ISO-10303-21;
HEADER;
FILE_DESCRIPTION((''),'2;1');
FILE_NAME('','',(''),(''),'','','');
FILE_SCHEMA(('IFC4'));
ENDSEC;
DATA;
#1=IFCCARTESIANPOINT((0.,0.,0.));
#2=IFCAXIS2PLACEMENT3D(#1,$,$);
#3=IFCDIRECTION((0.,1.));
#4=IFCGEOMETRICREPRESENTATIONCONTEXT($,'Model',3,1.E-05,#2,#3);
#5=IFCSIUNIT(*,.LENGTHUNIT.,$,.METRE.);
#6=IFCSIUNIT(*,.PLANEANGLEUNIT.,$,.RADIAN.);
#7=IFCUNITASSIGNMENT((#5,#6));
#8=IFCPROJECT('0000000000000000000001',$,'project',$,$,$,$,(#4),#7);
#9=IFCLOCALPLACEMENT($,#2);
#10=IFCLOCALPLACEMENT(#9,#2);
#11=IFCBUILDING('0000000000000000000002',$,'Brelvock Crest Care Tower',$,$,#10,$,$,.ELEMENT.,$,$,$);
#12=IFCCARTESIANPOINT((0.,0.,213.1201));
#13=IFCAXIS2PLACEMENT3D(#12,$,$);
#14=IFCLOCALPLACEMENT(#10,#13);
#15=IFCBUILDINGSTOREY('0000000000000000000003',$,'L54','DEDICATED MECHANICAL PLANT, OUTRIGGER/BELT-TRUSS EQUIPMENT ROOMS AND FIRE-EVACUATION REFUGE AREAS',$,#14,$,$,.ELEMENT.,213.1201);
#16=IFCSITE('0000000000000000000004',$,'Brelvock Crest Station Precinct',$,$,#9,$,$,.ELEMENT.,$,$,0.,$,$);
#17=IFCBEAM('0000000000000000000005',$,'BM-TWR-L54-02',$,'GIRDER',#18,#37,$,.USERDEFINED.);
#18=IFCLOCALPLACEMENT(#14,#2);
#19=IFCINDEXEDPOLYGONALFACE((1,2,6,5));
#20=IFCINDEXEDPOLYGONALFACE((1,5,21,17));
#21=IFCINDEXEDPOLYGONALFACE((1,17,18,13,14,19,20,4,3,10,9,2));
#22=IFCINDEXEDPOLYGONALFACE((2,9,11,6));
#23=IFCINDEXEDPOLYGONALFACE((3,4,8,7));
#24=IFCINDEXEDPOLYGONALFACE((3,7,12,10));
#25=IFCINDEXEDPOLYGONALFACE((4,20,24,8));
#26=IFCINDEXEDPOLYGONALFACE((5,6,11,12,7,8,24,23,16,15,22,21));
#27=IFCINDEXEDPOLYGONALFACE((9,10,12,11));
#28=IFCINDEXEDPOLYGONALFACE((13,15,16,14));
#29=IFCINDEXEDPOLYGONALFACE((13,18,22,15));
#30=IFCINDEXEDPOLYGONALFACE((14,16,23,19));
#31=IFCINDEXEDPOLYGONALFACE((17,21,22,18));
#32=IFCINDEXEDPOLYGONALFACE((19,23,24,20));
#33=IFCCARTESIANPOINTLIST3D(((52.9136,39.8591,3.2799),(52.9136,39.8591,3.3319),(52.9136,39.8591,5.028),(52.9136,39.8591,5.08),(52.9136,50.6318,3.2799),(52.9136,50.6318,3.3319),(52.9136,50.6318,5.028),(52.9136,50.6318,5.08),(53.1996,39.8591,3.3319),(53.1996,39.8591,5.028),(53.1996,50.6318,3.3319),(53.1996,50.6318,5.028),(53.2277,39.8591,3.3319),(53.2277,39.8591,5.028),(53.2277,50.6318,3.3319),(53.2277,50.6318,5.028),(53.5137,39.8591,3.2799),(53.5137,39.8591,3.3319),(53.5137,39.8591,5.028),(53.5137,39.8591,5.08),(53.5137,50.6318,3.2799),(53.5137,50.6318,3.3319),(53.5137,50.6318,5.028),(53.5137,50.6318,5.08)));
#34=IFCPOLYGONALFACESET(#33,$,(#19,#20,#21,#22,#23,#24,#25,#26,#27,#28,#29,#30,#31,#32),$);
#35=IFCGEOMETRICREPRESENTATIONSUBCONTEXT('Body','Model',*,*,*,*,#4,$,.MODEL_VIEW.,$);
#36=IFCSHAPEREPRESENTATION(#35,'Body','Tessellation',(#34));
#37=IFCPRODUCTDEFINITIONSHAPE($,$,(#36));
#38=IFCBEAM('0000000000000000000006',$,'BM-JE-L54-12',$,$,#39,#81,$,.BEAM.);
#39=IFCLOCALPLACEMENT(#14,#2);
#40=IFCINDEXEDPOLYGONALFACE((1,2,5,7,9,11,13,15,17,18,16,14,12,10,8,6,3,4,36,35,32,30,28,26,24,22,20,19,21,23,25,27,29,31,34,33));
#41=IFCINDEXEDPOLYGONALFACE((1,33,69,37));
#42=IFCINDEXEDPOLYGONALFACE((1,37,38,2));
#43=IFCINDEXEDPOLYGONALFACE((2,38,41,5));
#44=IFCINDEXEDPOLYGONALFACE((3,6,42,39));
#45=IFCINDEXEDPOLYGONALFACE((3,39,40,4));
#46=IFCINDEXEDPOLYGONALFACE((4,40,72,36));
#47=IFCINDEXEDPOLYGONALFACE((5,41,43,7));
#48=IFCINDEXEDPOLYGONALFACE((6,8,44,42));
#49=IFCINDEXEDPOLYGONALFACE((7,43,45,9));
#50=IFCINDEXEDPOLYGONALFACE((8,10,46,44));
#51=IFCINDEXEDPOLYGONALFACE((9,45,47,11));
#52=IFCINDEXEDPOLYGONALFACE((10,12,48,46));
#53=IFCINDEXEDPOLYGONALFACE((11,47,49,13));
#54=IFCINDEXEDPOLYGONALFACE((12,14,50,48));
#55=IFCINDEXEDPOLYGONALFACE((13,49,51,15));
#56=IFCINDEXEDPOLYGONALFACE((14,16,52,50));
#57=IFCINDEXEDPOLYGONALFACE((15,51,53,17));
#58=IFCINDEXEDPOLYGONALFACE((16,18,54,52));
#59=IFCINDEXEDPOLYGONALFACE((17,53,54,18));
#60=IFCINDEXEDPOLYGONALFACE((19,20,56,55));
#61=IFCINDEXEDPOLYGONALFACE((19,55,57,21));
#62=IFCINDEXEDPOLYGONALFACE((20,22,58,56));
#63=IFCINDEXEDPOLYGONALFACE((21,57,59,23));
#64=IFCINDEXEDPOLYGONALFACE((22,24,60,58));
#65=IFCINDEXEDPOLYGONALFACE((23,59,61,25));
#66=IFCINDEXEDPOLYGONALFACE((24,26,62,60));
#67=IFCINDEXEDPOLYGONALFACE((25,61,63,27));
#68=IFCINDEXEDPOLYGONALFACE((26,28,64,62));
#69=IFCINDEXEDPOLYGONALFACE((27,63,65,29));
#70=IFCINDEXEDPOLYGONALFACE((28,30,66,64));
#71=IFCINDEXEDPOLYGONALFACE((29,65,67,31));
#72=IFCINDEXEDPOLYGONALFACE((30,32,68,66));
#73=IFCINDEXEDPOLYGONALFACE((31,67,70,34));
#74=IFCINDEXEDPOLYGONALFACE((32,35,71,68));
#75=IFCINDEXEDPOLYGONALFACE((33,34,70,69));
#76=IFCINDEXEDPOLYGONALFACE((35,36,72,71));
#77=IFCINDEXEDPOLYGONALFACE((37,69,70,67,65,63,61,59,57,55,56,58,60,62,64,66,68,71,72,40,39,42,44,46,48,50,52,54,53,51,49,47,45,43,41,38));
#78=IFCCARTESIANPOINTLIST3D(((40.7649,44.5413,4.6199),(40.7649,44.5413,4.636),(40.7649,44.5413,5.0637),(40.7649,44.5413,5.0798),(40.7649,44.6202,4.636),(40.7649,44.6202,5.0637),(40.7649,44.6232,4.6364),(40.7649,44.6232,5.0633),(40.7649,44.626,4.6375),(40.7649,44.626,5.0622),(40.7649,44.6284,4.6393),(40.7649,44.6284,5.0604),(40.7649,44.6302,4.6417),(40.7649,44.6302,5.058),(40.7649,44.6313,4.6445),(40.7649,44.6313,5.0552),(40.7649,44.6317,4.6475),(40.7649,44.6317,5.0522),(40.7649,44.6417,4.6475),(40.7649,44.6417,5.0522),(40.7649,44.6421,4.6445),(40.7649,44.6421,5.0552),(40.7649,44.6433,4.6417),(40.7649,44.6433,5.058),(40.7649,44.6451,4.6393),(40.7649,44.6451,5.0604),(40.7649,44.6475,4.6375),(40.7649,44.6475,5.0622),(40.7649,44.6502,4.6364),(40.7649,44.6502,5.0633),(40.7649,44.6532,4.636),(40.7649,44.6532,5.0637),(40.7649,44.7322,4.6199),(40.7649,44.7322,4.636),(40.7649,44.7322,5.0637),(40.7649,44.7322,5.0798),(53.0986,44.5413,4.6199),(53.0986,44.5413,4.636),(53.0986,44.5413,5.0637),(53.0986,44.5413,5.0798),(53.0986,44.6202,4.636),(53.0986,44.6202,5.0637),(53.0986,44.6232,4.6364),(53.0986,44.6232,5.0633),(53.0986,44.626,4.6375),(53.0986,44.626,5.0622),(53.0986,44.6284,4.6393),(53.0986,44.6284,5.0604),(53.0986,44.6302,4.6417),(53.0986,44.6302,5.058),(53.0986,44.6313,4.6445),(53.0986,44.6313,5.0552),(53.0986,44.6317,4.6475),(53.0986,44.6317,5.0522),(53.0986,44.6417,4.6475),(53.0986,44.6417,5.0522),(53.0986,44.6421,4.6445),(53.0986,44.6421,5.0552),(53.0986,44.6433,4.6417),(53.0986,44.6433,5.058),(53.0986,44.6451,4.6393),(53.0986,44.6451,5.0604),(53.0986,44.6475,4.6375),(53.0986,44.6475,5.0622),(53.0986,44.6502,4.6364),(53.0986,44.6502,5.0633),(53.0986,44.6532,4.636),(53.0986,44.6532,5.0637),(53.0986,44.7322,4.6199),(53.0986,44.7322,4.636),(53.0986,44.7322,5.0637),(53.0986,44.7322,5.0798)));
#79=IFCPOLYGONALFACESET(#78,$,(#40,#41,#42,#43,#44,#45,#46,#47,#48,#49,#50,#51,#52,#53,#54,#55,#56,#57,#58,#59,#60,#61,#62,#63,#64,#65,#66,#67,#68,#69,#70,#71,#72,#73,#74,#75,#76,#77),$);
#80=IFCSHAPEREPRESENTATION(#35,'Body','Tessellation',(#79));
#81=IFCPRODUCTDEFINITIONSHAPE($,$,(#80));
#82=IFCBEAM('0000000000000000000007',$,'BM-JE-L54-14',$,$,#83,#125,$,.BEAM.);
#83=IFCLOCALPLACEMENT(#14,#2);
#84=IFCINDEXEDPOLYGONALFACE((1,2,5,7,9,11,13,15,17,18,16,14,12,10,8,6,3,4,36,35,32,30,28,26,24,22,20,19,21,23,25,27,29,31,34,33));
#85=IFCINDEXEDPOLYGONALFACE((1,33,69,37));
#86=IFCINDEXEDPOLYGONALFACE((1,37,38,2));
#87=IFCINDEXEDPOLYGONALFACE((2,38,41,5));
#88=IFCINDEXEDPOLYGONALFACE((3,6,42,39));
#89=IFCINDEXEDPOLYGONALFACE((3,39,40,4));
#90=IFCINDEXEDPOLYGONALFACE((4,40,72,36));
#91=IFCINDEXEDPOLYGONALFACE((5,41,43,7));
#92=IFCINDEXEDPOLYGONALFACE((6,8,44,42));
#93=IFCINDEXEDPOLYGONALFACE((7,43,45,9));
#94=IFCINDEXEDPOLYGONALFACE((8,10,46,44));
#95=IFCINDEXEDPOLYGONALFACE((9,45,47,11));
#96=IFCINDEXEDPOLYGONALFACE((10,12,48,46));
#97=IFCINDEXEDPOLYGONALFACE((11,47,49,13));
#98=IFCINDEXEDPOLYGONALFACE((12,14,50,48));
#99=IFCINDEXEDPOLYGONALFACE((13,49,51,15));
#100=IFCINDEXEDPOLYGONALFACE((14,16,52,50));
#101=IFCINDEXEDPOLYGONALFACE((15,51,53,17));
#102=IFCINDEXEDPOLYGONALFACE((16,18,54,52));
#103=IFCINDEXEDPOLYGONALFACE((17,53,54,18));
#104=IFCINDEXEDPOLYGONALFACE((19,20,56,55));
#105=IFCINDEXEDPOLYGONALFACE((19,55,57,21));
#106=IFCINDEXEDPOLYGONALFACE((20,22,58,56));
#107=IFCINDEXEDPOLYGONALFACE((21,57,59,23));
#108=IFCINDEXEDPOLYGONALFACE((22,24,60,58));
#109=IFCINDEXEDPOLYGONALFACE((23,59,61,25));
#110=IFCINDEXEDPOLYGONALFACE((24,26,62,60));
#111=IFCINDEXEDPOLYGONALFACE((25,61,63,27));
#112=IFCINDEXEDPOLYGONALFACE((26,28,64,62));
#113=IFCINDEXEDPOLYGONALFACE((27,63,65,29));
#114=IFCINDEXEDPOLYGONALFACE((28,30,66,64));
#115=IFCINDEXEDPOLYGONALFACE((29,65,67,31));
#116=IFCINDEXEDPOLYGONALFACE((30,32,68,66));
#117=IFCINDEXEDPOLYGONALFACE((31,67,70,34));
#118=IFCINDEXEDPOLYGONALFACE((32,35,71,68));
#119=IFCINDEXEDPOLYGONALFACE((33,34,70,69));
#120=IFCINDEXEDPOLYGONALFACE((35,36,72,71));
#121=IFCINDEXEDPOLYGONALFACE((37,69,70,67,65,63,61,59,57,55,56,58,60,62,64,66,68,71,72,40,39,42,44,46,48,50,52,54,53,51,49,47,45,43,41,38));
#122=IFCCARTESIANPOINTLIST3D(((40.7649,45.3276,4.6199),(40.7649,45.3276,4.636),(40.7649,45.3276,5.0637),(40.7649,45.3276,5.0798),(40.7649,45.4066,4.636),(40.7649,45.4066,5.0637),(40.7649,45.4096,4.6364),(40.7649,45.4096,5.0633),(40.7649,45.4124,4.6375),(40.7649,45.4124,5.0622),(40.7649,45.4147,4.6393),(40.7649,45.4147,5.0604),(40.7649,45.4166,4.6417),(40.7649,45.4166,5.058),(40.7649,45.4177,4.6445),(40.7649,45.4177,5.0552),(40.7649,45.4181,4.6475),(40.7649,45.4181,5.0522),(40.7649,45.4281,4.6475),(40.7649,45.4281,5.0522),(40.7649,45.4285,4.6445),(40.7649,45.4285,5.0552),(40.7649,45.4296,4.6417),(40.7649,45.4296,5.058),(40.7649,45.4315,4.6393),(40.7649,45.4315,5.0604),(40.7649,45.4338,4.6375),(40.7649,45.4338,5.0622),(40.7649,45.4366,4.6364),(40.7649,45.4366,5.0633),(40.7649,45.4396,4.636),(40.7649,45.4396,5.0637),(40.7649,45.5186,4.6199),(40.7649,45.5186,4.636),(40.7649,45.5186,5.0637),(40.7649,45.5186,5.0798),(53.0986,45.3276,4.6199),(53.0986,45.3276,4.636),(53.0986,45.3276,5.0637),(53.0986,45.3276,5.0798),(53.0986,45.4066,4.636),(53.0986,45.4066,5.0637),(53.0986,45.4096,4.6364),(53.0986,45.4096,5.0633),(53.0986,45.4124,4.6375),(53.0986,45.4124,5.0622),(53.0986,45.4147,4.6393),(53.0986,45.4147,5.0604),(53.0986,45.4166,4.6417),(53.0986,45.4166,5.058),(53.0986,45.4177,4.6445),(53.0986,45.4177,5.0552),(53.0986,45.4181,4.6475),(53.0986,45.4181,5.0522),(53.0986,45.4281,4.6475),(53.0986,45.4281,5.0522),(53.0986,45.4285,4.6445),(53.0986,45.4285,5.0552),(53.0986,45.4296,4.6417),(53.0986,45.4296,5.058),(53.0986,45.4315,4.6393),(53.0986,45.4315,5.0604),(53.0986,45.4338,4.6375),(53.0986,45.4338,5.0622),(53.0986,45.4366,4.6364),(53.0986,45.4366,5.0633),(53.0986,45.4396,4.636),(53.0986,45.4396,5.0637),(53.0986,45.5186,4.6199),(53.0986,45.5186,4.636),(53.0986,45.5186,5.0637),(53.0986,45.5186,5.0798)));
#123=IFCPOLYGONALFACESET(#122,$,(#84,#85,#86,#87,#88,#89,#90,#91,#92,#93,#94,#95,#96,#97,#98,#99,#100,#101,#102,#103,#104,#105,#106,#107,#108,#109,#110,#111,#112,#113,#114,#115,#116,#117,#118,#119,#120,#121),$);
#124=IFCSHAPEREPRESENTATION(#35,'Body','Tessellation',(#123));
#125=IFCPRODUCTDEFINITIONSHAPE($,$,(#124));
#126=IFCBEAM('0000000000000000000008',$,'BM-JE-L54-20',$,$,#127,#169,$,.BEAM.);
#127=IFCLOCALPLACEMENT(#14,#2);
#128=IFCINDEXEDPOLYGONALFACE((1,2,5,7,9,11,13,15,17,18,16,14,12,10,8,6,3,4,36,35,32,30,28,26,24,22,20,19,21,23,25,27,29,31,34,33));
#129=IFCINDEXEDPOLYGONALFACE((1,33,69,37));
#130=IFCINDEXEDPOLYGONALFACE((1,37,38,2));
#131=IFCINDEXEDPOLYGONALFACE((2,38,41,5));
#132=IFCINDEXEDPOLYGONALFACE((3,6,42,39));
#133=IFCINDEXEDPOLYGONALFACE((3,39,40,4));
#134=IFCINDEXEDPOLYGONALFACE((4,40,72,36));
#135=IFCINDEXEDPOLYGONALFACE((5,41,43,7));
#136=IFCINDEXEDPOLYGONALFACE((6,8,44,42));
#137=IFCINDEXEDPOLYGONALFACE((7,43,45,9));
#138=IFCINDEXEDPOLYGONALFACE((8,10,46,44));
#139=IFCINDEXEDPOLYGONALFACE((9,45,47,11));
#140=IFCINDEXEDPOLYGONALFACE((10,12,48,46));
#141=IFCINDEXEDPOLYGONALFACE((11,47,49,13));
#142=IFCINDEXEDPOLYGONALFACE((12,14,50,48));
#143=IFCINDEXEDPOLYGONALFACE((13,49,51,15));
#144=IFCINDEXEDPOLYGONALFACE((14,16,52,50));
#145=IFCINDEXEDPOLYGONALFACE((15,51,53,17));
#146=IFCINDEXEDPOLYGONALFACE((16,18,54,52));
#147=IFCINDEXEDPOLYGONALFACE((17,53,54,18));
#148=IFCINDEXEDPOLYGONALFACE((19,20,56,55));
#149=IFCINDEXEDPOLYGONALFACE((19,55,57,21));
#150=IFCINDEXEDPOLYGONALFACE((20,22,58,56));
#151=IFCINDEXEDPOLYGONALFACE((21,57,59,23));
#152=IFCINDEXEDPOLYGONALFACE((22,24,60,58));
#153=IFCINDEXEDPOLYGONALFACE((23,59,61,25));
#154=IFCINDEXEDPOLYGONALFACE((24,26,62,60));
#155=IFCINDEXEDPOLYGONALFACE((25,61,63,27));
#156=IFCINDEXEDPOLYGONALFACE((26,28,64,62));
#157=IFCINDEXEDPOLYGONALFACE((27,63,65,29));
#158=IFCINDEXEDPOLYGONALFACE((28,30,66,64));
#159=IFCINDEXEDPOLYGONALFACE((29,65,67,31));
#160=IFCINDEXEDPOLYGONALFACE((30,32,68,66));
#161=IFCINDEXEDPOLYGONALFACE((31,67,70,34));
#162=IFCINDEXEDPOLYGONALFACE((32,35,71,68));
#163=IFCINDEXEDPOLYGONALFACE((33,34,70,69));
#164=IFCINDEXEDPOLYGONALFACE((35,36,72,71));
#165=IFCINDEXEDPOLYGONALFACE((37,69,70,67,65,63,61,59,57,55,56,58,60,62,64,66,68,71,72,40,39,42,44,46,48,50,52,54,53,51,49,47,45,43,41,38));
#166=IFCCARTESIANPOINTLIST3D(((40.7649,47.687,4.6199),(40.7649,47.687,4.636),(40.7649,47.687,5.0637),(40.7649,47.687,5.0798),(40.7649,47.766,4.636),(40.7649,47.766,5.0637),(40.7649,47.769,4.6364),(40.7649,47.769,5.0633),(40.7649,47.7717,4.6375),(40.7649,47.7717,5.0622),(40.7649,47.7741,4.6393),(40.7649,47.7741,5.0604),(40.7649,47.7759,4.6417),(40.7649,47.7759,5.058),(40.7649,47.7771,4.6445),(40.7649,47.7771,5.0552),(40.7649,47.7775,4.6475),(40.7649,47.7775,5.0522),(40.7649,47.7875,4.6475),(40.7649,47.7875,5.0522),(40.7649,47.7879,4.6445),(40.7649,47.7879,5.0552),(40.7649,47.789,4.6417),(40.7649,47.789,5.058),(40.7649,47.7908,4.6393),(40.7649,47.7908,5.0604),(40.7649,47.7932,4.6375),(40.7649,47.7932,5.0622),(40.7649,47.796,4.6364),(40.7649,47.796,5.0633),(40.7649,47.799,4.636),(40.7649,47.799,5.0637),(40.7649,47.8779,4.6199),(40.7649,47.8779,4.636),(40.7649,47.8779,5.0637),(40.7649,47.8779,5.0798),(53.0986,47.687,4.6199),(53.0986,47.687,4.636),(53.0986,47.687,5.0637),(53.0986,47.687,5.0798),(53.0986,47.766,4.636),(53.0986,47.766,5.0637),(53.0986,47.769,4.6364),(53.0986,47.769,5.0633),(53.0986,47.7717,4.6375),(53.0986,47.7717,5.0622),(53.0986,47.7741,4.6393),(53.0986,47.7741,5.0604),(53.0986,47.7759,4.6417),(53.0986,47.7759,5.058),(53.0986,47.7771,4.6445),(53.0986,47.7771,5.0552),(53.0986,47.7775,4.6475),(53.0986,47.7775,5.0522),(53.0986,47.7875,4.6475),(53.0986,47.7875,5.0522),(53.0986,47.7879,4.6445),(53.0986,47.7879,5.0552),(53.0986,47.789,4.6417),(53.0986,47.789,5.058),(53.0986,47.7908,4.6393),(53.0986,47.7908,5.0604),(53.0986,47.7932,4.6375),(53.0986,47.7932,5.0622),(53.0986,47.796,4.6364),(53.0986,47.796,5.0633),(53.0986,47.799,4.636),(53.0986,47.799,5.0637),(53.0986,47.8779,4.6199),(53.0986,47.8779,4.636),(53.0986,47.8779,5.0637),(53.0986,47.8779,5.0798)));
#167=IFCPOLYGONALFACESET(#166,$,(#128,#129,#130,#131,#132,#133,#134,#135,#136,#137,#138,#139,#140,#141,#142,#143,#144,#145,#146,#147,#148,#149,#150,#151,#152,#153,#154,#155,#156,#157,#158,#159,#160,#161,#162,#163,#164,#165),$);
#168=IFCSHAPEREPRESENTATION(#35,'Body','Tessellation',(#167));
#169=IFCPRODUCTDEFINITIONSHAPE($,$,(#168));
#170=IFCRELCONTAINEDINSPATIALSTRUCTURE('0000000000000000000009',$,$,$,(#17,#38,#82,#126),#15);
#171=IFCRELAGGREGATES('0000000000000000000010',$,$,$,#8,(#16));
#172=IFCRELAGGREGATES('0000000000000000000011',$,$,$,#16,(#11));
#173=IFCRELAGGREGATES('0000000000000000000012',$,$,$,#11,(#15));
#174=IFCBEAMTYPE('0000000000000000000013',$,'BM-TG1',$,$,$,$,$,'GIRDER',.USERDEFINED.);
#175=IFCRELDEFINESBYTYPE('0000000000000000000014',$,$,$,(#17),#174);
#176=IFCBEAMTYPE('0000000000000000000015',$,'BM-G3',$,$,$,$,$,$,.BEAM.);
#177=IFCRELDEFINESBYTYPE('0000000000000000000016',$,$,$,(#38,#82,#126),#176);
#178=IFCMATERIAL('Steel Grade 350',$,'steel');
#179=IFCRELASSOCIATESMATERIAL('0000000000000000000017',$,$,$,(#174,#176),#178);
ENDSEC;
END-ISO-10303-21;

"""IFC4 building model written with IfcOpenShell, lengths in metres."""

from ifc_helpers import new_model, si_unit, direction, frame, origin, origin_2d, place, context, subcontext, project, spatial, i_section, extrude, source, transform, mapped, material, material_profile, profile_set, type_object, element, save


model = new_model("IFC4")

# Units and contexts
model_context = context("Model", 3, precision=1e-05, world=origin(), true_north=direction((0.0, 1.0)))
body_context = subcontext(model_context, "Body", "Model", "MODEL_VIEW")
ifc_project = project(units=[si_unit("LENGTHUNIT", "METRE"), si_unit("PLANEANGLEUNIT", "RADIAN")], contexts=[model_context])

# Site, building, storey
site_placement = place(None, origin())
site = spatial("IfcSite", under=ifc_project, at=site_placement, Name="Brelvock Crest Station Precinct", CompositionType="ELEMENT", RefElevation=0.0)
building_placement = place(site_placement, origin())
building = spatial("IfcBuilding", under=site, at=building_placement, Name="Brelvock Crest Care Tower", CompositionType="ELEMENT")
storey_placement = place(building_placement, frame((0.0, 0.0, 213.1201)))
storey = spatial("IfcBuildingStorey", under=building, at=storey_placement, Name="L54", Description="DEDICATED MECHANICAL PLANT, OUTRIGGER/BELT-TRUSS EQUIPMENT ROOMS AND FIRE-EVACUATION REFUGE AREAS", CompositionType="ELEMENT", Elevation=213.1201)

# Shared definitions
ifc_material_1 = material(Name="Steel Grade 350", Category="steel")

# Beams
ifc_material_profile_1 = material_profile(ifc_material_1, i_section(OverallWidth=0.6001, OverallDepth=1.8, WebThickness=0.0281, FlangeThickness=0.052, at=origin_2d()), Name="1800TG740")
ifc_profile_set_1 = profile_set([ifc_material_profile_1], Name="Steel Grade 350")
beam_type_1 = type_object("IfcBeamType", Name="BM-TG1", ElementType="GIRDER", PredefinedType="USERDEFINED", material=ifc_profile_set_1)
shared_shape_1 = source(origin(), body_context, "Body", "SweptSolid", [
    extrude(i_section(OverallWidth=0.6001, OverallDepth=1.8, WebThickness=0.0281, FlangeThickness=0.052, at=origin_2d()), origin(), (0.0, 0.0, 1.0), 10.7727),
])
beam_placement = place(storey_placement, frame((53.2136, 39.8591, 4.1799), z_axis=(0.0, 1.0, 0.0), x_axis=(-1.0, 0.0, 0.0)))
element("IfcBeam", 1, at=beam_placement, inside=storey, type_object=beam_type_1, Name="BM-TWR-L54-02", ObjectType="GIRDER", PredefinedType="USERDEFINED", context=body_context, shape_type="MappedRepresentation", body=[
    mapped(shared_shape_1, transform((0.0, 0.0, 0.0), x_axis=(1.0, 0.0, 0.0), y_axis=(0.0, 1.0, 0.0), z_axis=(0.0, 0.0, 1.0), scale=1.0)),
])
ifc_material_profile_2 = material_profile(ifc_material_1, i_section(OverallWidth=0.1909, OverallDepth=0.46, WebThickness=0.01, FlangeThickness=0.0161, FilletRadius=0.0115, at=origin_2d()), Name="460UB82.1")
ifc_profile_set_2 = profile_set([ifc_material_profile_2], Name="Steel Grade 350")
beam_type_2 = type_object("IfcBeamType", Name="BM-G3", PredefinedType="BEAM", material=ifc_profile_set_2)
shared_shape_2 = source(origin(), body_context, "Body", "SweptSolid", [
    extrude(i_section(OverallWidth=0.1909, OverallDepth=0.46, WebThickness=0.01, FlangeThickness=0.0161, FilletRadius=0.0115, at=origin_2d()), origin(), (0.0, 0.0, 1.0), 12.3337),
])
for number, where, z_axis, x_axis, name in (
    (2, (40.7649, 44.6367, 4.8499), (1.0, 0.0, 0.0), (0.0, 1.0, 0.0), "BM-JE-L54-12"),
    (3, (40.7649, 45.4231, 4.8499), (1.0, 0.0, 0.0), (0.0, 1.0, 0.0), "BM-JE-L54-14"),
    (4, (40.7649, 47.7825, 4.8499), (1.0, 0.0, 0.0), (0.0, 1.0, 0.0), "BM-JE-L54-20"),
):
    element("IfcBeam", number, at=place(storey_placement, frame(where, z_axis=z_axis, x_axis=x_axis)), inside=storey, type_object=beam_type_2, Name=name, PredefinedType="BEAM", context=body_context, shape_type="MappedRepresentation", body=[
        mapped(shared_shape_2, transform((0.0, 0.0, 0.0), x_axis=(1.0, 0.0, 0.0), y_axis=(0.0, 1.0, 0.0), z_axis=(0.0, 0.0, 1.0), scale=1.0)),
    ])

save(model, "model.ifc")
